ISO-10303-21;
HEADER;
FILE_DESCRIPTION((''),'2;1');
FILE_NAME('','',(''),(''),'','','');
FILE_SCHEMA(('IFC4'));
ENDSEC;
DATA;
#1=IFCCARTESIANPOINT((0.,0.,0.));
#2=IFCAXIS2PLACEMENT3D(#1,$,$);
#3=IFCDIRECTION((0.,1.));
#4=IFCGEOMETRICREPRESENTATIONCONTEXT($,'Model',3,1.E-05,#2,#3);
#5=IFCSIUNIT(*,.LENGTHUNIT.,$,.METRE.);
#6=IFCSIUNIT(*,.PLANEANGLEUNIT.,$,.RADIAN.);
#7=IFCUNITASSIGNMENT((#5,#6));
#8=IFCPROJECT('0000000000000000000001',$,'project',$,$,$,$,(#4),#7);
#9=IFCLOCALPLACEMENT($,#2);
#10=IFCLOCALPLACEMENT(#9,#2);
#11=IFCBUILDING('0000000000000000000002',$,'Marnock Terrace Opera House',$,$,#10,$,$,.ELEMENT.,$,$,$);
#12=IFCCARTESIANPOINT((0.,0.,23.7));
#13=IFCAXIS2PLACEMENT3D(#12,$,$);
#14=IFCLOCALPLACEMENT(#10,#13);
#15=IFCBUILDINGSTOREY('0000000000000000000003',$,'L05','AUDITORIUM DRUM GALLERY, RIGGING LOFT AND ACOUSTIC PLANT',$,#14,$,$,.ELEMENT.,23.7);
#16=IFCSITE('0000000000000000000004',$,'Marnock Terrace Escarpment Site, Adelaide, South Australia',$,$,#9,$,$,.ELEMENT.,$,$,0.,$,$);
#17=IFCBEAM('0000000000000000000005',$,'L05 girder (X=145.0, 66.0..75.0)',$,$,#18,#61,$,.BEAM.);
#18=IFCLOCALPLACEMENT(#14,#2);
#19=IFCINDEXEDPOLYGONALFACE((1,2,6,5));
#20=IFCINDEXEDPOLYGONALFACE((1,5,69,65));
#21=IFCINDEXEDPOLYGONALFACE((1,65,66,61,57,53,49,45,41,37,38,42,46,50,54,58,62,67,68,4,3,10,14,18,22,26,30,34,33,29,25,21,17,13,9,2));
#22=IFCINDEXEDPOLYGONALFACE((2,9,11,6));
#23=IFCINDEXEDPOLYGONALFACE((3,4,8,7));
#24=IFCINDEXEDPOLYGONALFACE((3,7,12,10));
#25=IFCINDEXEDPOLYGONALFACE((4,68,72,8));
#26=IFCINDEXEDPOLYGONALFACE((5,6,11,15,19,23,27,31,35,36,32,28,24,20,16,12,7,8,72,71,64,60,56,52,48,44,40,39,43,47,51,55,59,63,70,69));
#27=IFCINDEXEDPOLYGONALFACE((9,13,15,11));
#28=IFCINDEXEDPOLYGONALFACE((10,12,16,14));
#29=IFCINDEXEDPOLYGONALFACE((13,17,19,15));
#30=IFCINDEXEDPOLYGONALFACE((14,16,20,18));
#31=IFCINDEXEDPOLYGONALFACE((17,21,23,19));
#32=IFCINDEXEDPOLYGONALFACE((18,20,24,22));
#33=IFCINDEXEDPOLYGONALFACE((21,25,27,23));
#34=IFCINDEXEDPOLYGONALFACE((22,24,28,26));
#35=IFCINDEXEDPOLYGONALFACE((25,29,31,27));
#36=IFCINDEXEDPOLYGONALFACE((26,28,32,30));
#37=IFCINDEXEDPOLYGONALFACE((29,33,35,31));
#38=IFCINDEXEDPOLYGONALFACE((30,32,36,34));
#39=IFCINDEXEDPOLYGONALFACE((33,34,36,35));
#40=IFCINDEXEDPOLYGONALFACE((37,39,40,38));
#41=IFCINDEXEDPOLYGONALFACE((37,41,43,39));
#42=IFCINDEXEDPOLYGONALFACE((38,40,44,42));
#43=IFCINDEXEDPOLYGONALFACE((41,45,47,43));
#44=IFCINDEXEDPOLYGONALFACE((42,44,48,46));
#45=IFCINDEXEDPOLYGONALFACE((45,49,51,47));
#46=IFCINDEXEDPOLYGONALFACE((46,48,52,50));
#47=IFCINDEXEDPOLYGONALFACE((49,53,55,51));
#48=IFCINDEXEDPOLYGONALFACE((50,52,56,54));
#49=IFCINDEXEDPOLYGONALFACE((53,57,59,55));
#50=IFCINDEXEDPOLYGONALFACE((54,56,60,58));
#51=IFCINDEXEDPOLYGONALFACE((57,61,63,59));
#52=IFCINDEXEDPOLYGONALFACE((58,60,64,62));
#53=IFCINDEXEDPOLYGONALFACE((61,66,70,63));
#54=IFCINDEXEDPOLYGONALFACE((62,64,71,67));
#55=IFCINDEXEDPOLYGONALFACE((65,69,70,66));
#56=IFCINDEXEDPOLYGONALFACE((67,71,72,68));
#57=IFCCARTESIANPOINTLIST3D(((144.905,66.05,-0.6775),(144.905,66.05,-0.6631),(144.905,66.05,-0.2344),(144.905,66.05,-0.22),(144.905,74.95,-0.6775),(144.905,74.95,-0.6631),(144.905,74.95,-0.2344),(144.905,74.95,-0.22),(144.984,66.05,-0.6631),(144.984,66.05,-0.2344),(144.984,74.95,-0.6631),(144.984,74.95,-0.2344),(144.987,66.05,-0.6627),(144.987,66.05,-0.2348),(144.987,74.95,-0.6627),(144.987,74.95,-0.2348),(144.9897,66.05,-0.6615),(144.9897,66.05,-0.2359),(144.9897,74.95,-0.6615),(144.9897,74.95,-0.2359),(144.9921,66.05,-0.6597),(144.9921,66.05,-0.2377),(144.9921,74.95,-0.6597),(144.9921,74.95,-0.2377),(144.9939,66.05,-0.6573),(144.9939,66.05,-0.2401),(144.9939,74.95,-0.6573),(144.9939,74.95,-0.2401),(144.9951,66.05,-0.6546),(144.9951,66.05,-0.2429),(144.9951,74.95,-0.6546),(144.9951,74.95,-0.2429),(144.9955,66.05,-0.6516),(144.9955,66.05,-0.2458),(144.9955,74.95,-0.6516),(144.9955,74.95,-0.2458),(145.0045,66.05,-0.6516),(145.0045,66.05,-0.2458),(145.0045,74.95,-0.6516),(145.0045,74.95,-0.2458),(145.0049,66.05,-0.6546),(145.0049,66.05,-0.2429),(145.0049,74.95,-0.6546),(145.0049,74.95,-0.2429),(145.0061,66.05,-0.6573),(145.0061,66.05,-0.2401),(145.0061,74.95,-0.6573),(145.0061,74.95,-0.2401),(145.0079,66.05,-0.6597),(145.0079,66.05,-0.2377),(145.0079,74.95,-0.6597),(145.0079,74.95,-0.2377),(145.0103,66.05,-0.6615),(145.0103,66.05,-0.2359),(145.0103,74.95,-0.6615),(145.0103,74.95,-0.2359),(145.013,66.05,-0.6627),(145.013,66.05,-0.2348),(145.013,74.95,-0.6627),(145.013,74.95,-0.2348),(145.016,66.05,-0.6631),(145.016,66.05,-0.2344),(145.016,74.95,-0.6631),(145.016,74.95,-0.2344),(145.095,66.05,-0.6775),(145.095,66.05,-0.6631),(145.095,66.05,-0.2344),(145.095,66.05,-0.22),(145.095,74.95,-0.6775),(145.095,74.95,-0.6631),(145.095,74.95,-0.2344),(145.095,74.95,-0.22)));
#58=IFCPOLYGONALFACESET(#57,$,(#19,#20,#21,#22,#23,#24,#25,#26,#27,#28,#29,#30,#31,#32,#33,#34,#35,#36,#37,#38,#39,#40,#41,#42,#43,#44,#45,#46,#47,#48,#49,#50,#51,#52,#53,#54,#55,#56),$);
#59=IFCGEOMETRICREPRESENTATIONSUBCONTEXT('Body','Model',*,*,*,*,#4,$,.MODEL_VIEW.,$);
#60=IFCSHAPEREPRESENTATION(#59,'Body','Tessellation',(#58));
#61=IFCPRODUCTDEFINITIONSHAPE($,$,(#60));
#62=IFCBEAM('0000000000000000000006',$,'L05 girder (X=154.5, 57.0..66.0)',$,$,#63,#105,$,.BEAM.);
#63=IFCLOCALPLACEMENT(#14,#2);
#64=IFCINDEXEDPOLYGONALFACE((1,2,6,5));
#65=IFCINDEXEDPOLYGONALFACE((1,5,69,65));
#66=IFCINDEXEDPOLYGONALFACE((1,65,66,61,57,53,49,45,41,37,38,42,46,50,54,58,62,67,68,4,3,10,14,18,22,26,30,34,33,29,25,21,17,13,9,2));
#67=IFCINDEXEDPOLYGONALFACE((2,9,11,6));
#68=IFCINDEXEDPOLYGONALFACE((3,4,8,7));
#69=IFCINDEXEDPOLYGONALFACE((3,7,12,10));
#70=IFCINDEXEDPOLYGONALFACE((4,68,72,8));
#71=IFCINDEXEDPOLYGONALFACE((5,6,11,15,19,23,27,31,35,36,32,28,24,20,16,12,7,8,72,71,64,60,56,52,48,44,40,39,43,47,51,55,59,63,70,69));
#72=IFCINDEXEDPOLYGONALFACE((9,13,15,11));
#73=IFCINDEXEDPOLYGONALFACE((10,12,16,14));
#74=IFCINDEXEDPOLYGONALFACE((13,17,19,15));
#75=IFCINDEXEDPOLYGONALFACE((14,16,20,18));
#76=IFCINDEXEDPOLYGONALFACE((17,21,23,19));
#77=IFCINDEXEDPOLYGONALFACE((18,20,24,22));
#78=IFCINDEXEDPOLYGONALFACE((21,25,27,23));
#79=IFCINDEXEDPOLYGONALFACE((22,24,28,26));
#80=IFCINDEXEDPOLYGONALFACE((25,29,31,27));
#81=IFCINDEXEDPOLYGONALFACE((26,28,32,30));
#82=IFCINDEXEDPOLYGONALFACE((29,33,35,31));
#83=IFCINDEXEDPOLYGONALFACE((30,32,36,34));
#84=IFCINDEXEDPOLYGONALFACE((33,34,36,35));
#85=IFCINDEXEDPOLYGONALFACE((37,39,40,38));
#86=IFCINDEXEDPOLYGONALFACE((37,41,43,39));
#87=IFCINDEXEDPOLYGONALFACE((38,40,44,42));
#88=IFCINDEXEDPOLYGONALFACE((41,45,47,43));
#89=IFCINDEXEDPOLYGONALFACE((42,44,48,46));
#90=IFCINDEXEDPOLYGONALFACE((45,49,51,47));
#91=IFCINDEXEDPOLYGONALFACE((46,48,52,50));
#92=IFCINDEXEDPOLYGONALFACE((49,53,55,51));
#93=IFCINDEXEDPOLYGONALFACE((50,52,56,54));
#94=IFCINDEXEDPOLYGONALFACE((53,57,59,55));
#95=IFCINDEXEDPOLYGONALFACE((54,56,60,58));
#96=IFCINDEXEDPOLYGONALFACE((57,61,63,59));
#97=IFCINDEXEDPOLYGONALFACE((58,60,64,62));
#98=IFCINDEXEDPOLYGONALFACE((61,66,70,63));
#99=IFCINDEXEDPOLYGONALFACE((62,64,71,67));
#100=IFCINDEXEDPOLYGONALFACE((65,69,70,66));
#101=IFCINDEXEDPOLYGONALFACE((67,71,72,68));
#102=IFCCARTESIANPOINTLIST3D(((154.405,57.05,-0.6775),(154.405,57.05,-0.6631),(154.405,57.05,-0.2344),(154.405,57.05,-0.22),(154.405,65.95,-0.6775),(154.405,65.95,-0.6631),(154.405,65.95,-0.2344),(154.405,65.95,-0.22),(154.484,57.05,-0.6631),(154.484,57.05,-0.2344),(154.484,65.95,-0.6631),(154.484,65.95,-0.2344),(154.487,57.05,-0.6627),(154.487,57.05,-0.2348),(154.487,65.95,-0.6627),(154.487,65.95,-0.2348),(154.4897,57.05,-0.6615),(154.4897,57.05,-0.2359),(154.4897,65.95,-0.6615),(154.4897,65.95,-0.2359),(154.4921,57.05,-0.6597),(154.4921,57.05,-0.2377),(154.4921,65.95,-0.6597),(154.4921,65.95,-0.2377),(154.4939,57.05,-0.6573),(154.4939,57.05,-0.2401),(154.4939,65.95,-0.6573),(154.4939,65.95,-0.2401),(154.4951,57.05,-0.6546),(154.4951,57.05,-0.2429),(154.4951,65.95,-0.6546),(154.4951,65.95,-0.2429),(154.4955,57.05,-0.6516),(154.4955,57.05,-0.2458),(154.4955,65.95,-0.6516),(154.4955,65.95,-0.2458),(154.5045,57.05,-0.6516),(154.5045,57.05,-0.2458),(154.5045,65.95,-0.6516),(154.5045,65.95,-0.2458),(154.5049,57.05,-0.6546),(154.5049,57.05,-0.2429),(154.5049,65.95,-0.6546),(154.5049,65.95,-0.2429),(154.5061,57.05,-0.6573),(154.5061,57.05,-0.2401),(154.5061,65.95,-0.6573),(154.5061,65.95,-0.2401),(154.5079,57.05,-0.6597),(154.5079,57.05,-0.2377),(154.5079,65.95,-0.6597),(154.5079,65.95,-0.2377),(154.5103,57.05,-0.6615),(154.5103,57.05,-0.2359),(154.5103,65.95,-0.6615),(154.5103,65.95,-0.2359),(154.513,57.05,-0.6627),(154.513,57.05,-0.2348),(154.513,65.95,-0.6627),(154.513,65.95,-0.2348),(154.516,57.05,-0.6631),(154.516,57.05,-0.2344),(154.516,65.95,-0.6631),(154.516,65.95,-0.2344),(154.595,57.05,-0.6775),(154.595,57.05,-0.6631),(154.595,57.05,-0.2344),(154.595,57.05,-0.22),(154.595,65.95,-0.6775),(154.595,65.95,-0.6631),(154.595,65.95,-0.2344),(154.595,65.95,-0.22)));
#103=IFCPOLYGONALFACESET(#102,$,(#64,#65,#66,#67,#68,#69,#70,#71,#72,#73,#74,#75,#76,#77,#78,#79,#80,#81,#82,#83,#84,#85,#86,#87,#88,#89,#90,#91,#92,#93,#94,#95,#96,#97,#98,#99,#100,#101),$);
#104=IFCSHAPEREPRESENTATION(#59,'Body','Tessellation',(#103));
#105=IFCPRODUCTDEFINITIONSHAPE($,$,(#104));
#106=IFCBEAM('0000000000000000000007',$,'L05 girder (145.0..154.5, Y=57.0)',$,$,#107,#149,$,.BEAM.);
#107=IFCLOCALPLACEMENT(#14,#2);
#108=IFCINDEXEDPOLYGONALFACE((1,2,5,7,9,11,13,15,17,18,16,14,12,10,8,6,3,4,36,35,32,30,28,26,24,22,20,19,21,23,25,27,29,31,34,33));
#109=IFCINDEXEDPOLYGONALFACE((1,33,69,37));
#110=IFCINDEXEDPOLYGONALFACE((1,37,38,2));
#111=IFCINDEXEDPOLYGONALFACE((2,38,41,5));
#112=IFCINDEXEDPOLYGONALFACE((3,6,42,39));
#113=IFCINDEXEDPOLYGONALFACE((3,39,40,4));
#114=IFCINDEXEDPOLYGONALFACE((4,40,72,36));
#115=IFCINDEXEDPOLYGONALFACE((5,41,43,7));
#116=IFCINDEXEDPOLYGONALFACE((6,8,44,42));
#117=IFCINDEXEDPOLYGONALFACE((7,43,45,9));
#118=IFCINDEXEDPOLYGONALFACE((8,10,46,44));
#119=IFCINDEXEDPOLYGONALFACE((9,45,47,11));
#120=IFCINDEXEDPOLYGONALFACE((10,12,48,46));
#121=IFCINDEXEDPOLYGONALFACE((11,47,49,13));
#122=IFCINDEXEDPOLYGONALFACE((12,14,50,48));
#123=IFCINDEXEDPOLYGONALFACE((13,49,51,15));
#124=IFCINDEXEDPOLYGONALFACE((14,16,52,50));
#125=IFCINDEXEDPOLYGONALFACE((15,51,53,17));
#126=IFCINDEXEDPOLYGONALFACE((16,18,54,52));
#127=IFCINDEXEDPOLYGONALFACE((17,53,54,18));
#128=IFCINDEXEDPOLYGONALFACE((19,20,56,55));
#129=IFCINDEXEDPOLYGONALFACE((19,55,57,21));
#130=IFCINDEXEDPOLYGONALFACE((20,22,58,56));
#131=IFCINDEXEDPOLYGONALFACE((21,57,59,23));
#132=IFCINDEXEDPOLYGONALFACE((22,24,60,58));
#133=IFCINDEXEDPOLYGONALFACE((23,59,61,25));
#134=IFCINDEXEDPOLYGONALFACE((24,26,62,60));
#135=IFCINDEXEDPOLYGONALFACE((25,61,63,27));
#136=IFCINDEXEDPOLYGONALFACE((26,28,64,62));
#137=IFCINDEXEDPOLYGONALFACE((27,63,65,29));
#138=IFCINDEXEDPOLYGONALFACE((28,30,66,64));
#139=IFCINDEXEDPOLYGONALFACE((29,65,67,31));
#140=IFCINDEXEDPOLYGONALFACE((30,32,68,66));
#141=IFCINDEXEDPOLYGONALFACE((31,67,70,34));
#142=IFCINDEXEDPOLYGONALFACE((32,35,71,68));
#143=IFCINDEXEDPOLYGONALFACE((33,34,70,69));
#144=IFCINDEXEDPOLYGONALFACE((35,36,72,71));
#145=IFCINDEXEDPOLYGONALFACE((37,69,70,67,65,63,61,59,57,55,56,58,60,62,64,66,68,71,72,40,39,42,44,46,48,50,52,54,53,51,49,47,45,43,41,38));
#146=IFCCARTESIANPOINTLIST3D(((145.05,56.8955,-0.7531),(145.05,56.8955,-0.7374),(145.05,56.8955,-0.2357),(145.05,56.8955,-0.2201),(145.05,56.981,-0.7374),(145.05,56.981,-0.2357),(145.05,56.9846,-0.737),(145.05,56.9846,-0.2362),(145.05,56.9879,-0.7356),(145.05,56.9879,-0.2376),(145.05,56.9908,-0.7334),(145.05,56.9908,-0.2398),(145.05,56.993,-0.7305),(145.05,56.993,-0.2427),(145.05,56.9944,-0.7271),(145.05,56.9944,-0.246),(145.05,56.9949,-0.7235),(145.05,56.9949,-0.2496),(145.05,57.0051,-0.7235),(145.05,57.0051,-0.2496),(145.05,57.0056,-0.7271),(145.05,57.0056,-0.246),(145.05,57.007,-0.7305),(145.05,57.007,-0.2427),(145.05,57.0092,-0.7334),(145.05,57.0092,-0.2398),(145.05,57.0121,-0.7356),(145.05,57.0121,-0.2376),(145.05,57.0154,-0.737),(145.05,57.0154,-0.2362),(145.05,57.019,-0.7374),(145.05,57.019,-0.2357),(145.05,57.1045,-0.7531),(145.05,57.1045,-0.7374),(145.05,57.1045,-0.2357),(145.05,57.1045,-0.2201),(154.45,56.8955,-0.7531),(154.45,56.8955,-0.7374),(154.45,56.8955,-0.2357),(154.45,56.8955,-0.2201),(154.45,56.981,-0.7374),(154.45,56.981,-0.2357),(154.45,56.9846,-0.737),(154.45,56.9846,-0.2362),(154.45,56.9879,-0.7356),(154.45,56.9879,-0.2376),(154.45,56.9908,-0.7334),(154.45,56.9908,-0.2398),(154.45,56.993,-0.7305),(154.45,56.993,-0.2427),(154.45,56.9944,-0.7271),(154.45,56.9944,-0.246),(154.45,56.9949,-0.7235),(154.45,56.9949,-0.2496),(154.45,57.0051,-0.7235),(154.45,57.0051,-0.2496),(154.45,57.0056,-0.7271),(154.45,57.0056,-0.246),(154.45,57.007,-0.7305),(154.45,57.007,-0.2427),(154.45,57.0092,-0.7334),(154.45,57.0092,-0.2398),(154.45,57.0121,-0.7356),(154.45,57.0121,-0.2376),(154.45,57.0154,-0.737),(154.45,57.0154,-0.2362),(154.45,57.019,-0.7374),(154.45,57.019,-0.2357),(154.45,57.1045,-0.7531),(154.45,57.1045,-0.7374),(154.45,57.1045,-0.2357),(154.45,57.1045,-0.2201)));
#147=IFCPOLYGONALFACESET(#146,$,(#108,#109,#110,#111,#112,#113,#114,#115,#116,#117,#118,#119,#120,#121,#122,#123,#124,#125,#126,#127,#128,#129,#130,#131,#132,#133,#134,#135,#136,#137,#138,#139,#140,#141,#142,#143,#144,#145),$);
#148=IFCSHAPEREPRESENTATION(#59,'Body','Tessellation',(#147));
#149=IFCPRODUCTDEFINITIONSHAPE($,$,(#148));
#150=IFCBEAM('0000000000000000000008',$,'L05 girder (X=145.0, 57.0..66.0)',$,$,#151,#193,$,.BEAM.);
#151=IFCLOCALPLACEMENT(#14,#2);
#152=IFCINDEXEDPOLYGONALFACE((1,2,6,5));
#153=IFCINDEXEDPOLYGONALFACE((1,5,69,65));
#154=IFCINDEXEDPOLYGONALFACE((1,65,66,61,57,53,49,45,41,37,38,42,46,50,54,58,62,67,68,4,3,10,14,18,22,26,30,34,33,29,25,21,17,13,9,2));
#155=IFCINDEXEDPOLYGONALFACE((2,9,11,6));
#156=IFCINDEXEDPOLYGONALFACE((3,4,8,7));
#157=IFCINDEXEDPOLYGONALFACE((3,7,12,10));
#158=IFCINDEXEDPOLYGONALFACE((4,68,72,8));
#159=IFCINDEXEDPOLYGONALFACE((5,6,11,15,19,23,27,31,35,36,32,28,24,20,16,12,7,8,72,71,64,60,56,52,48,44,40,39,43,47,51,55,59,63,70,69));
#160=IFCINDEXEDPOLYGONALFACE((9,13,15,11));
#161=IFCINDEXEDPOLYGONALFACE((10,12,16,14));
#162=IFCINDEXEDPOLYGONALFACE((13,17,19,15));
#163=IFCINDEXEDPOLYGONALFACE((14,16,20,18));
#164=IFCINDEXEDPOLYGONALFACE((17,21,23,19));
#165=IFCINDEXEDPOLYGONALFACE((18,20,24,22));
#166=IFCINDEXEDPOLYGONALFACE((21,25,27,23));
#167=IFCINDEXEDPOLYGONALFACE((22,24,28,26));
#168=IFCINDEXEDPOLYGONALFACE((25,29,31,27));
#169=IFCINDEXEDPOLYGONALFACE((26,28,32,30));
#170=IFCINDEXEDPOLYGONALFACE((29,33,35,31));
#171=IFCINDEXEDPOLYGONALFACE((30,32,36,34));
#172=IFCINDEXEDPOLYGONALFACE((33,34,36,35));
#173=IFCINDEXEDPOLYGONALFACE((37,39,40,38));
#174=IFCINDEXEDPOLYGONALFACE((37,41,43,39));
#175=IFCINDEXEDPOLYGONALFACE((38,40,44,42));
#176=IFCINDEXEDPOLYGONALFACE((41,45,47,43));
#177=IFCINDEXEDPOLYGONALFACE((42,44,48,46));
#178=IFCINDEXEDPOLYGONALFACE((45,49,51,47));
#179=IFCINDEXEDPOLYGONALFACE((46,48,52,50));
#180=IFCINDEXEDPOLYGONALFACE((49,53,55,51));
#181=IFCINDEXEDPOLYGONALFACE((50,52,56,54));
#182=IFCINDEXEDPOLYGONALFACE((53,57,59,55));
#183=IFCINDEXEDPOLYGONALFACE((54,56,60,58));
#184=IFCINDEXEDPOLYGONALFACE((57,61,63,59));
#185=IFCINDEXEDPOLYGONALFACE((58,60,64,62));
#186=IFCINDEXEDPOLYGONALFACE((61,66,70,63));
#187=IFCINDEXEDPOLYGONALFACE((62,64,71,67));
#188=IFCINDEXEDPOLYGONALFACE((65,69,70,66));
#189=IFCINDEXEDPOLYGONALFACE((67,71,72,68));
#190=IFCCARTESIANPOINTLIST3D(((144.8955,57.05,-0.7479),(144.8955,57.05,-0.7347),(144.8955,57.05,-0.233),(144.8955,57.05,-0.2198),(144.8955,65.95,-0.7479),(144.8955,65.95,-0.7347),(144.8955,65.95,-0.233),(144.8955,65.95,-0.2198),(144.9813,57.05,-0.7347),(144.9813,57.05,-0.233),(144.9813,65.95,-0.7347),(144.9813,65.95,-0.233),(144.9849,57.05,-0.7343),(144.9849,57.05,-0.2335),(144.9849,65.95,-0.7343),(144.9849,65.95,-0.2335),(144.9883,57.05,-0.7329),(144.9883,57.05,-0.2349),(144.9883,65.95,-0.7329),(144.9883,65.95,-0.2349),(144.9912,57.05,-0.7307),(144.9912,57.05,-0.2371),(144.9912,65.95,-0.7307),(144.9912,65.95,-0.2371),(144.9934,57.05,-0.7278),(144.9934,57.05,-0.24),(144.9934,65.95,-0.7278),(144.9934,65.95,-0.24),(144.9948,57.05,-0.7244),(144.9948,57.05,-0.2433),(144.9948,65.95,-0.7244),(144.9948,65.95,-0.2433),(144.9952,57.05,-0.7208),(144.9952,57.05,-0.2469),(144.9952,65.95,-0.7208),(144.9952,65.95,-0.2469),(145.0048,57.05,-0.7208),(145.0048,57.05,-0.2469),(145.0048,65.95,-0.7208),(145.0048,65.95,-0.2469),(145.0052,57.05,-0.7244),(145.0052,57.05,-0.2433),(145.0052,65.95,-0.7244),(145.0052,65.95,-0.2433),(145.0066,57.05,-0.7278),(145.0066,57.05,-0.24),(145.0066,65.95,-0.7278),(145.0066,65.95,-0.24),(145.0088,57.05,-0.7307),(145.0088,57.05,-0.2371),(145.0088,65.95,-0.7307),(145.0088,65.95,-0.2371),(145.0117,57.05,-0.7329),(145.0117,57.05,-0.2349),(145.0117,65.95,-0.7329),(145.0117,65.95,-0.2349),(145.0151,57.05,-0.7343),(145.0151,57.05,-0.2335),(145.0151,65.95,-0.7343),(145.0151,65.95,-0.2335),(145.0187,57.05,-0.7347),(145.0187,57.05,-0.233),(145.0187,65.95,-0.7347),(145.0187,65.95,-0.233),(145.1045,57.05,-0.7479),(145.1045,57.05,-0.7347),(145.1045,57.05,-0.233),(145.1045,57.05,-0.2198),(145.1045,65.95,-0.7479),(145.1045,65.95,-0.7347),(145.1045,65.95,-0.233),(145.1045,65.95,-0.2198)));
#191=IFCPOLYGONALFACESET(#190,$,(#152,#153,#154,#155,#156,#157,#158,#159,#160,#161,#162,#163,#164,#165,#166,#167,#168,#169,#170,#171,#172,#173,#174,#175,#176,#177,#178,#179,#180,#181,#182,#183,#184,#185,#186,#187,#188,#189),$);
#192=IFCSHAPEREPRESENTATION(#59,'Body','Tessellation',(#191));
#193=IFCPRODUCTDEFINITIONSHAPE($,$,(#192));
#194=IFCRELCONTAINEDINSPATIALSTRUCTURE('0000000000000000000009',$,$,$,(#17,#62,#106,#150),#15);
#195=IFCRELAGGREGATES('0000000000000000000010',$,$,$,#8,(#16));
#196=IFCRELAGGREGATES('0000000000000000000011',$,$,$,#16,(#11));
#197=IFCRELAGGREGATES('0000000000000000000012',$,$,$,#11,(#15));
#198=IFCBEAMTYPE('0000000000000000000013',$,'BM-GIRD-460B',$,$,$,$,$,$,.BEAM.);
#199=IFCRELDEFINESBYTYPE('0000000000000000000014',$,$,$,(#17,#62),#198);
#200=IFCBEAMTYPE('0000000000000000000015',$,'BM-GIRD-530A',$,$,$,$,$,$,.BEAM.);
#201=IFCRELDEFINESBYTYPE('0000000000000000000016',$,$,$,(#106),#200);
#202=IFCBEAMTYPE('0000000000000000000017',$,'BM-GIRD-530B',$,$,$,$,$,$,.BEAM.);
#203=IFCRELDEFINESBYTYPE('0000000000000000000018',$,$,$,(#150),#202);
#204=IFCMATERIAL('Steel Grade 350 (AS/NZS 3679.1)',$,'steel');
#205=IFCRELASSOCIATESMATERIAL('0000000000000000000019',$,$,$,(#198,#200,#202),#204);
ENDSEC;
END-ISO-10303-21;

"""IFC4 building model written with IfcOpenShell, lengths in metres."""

from ifc_helpers import new_model, si_unit, direction, frame, origin, origin_2d, place, context, subcontext, project, spatial, i_section, extrude, material, material_profile, profile_set, type_object, element, save


model = new_model("IFC4")

# Units and contexts
model_context = context("Model", 3, precision=1e-05, world=origin(), true_north=direction((0.0, 1.0)))
body_context = subcontext(model_context, "Body", "Model", "MODEL_VIEW")
ifc_project = project(units=[si_unit("LENGTHUNIT", "METRE"), si_unit("PLANEANGLEUNIT", "RADIAN")], contexts=[model_context])

# Site, building, storey
site_placement = place(None, origin())
site = spatial("IfcSite", under=ifc_project, at=site_placement, Name="Marnock Terrace Escarpment Site, Adelaide, South Australia", CompositionType="ELEMENT", RefElevation=0.0)
building_placement = place(site_placement, origin())
building = spatial("IfcBuilding", under=site, at=building_placement, Name="Marnock Terrace Opera House", CompositionType="ELEMENT")
storey_placement = place(building_placement, frame((0.0, 0.0, 23.7)))
storey = spatial("IfcBuildingStorey", under=building, at=storey_placement, Name="L05", Description="AUDITORIUM DRUM GALLERY, RIGGING LOFT AND ACOUSTIC PLANT", CompositionType="ELEMENT", Elevation=23.7)

# Beams
ifc_material = material(Name="Steel Grade 350 (AS/NZS 3679.1)", Category="steel")
ifc_material_profile_1 = material_profile(ifc_material, i_section(OverallWidth=0.1899, OverallDepth=0.4575, WebThickness=0.009, FlangeThickness=0.0144, FilletRadius=0.0115, at=origin_2d()))
ifc_profile_set_1 = profile_set([ifc_material_profile_1], Name="Steel Grade 350 (AS/NZS 3679.1)")
beam_type_1 = type_object("IfcBeamType", Name="BM-GIRD-460B", PredefinedType="BEAM", material=ifc_profile_set_1)
for number, where, z_axis, x_axis, name in (
    (1, (145.0, 66.05, -0.4487), (0.0, 1.0, 0.0), (-1.0, 0.0, 0.0), "L05 girder (X=145.0, 66.0..75.0)"),
    (2, (154.5, 57.05, -0.4487), (0.0, 1.0, 0.0), (-1.0, 0.0, 0.0), "L05 girder (X=154.5, 57.0..66.0)"),
):
    element("IfcBeam", number, at=place(storey_placement, frame(where, z_axis=z_axis, x_axis=x_axis)), inside=storey, type_object=beam_type_1, Name=name, PredefinedType="BEAM", context=body_context, shape_type="SweptSolid", body=[
        extrude(i_section(OverallWidth=0.1899, OverallDepth=0.4575, WebThickness=0.009, FlangeThickness=0.0144, FilletRadius=0.0115, at=origin_2d()), origin(), (0.0, 0.0, 1.0), 8.8999),
    ])
ifc_material_profile_2 = material_profile(ifc_material, i_section(OverallWidth=0.209, OverallDepth=0.533, WebThickness=0.0103, FlangeThickness=0.0156, FilletRadius=0.0139, at=origin_2d()))
ifc_profile_set_2 = profile_set([ifc_material_profile_2], Name="Steel Grade 350 (AS/NZS 3679.1)")
beam_type_2 = type_object("IfcBeamType", Name="BM-GIRD-530A", PredefinedType="BEAM", material=ifc_profile_set_2)
beam_1_placement = place(storey_placement, frame((145.05, 57.0, -0.4866), z_axis=(1.0, 0.0, 0.0), x_axis=(0.0, 1.0, 0.0)))
element("IfcBeam", 3, at=beam_1_placement, inside=storey, type_object=beam_type_2, Name="L05 girder (145.0..154.5, Y=57.0)", PredefinedType="BEAM", context=body_context, shape_type="SweptSolid", body=[
    extrude(i_section(OverallWidth=0.209, OverallDepth=0.533, WebThickness=0.0103, FlangeThickness=0.0156, FilletRadius=0.0139, at=origin_2d()), origin(), (0.0, 0.0, 1.0), 9.3999),
])
ifc_material_profile_3 = material_profile(ifc_material, i_section(OverallWidth=0.209, OverallDepth=0.5281, WebThickness=0.0095, FlangeThickness=0.0132, FilletRadius=0.0139, at=origin_2d()))
ifc_profile_set_3 = profile_set([ifc_material_profile_3], Name="Steel Grade 350 (AS/NZS 3679.1)")
beam_type_3 = type_object("IfcBeamType", Name="BM-GIRD-530B", PredefinedType="BEAM", material=ifc_profile_set_3)
beam_2_placement = place(storey_placement, frame((145.0, 57.05, -0.4839), z_axis=(0.0, 1.0, 0.0), x_axis=(-1.0, 0.0, 0.0)))
element("IfcBeam", 4, at=beam_2_placement, inside=storey, type_object=beam_type_3, Name="L05 girder (X=145.0, 57.0..66.0)", PredefinedType="BEAM", context=body_context, shape_type="SweptSolid", body=[
    extrude(i_section(OverallWidth=0.209, OverallDepth=0.5281, WebThickness=0.0095, FlangeThickness=0.0132, FilletRadius=0.0139, at=origin_2d()), origin(), (0.0, 0.0, 1.0), 8.8999),
])

save(model, "model.ifc")
